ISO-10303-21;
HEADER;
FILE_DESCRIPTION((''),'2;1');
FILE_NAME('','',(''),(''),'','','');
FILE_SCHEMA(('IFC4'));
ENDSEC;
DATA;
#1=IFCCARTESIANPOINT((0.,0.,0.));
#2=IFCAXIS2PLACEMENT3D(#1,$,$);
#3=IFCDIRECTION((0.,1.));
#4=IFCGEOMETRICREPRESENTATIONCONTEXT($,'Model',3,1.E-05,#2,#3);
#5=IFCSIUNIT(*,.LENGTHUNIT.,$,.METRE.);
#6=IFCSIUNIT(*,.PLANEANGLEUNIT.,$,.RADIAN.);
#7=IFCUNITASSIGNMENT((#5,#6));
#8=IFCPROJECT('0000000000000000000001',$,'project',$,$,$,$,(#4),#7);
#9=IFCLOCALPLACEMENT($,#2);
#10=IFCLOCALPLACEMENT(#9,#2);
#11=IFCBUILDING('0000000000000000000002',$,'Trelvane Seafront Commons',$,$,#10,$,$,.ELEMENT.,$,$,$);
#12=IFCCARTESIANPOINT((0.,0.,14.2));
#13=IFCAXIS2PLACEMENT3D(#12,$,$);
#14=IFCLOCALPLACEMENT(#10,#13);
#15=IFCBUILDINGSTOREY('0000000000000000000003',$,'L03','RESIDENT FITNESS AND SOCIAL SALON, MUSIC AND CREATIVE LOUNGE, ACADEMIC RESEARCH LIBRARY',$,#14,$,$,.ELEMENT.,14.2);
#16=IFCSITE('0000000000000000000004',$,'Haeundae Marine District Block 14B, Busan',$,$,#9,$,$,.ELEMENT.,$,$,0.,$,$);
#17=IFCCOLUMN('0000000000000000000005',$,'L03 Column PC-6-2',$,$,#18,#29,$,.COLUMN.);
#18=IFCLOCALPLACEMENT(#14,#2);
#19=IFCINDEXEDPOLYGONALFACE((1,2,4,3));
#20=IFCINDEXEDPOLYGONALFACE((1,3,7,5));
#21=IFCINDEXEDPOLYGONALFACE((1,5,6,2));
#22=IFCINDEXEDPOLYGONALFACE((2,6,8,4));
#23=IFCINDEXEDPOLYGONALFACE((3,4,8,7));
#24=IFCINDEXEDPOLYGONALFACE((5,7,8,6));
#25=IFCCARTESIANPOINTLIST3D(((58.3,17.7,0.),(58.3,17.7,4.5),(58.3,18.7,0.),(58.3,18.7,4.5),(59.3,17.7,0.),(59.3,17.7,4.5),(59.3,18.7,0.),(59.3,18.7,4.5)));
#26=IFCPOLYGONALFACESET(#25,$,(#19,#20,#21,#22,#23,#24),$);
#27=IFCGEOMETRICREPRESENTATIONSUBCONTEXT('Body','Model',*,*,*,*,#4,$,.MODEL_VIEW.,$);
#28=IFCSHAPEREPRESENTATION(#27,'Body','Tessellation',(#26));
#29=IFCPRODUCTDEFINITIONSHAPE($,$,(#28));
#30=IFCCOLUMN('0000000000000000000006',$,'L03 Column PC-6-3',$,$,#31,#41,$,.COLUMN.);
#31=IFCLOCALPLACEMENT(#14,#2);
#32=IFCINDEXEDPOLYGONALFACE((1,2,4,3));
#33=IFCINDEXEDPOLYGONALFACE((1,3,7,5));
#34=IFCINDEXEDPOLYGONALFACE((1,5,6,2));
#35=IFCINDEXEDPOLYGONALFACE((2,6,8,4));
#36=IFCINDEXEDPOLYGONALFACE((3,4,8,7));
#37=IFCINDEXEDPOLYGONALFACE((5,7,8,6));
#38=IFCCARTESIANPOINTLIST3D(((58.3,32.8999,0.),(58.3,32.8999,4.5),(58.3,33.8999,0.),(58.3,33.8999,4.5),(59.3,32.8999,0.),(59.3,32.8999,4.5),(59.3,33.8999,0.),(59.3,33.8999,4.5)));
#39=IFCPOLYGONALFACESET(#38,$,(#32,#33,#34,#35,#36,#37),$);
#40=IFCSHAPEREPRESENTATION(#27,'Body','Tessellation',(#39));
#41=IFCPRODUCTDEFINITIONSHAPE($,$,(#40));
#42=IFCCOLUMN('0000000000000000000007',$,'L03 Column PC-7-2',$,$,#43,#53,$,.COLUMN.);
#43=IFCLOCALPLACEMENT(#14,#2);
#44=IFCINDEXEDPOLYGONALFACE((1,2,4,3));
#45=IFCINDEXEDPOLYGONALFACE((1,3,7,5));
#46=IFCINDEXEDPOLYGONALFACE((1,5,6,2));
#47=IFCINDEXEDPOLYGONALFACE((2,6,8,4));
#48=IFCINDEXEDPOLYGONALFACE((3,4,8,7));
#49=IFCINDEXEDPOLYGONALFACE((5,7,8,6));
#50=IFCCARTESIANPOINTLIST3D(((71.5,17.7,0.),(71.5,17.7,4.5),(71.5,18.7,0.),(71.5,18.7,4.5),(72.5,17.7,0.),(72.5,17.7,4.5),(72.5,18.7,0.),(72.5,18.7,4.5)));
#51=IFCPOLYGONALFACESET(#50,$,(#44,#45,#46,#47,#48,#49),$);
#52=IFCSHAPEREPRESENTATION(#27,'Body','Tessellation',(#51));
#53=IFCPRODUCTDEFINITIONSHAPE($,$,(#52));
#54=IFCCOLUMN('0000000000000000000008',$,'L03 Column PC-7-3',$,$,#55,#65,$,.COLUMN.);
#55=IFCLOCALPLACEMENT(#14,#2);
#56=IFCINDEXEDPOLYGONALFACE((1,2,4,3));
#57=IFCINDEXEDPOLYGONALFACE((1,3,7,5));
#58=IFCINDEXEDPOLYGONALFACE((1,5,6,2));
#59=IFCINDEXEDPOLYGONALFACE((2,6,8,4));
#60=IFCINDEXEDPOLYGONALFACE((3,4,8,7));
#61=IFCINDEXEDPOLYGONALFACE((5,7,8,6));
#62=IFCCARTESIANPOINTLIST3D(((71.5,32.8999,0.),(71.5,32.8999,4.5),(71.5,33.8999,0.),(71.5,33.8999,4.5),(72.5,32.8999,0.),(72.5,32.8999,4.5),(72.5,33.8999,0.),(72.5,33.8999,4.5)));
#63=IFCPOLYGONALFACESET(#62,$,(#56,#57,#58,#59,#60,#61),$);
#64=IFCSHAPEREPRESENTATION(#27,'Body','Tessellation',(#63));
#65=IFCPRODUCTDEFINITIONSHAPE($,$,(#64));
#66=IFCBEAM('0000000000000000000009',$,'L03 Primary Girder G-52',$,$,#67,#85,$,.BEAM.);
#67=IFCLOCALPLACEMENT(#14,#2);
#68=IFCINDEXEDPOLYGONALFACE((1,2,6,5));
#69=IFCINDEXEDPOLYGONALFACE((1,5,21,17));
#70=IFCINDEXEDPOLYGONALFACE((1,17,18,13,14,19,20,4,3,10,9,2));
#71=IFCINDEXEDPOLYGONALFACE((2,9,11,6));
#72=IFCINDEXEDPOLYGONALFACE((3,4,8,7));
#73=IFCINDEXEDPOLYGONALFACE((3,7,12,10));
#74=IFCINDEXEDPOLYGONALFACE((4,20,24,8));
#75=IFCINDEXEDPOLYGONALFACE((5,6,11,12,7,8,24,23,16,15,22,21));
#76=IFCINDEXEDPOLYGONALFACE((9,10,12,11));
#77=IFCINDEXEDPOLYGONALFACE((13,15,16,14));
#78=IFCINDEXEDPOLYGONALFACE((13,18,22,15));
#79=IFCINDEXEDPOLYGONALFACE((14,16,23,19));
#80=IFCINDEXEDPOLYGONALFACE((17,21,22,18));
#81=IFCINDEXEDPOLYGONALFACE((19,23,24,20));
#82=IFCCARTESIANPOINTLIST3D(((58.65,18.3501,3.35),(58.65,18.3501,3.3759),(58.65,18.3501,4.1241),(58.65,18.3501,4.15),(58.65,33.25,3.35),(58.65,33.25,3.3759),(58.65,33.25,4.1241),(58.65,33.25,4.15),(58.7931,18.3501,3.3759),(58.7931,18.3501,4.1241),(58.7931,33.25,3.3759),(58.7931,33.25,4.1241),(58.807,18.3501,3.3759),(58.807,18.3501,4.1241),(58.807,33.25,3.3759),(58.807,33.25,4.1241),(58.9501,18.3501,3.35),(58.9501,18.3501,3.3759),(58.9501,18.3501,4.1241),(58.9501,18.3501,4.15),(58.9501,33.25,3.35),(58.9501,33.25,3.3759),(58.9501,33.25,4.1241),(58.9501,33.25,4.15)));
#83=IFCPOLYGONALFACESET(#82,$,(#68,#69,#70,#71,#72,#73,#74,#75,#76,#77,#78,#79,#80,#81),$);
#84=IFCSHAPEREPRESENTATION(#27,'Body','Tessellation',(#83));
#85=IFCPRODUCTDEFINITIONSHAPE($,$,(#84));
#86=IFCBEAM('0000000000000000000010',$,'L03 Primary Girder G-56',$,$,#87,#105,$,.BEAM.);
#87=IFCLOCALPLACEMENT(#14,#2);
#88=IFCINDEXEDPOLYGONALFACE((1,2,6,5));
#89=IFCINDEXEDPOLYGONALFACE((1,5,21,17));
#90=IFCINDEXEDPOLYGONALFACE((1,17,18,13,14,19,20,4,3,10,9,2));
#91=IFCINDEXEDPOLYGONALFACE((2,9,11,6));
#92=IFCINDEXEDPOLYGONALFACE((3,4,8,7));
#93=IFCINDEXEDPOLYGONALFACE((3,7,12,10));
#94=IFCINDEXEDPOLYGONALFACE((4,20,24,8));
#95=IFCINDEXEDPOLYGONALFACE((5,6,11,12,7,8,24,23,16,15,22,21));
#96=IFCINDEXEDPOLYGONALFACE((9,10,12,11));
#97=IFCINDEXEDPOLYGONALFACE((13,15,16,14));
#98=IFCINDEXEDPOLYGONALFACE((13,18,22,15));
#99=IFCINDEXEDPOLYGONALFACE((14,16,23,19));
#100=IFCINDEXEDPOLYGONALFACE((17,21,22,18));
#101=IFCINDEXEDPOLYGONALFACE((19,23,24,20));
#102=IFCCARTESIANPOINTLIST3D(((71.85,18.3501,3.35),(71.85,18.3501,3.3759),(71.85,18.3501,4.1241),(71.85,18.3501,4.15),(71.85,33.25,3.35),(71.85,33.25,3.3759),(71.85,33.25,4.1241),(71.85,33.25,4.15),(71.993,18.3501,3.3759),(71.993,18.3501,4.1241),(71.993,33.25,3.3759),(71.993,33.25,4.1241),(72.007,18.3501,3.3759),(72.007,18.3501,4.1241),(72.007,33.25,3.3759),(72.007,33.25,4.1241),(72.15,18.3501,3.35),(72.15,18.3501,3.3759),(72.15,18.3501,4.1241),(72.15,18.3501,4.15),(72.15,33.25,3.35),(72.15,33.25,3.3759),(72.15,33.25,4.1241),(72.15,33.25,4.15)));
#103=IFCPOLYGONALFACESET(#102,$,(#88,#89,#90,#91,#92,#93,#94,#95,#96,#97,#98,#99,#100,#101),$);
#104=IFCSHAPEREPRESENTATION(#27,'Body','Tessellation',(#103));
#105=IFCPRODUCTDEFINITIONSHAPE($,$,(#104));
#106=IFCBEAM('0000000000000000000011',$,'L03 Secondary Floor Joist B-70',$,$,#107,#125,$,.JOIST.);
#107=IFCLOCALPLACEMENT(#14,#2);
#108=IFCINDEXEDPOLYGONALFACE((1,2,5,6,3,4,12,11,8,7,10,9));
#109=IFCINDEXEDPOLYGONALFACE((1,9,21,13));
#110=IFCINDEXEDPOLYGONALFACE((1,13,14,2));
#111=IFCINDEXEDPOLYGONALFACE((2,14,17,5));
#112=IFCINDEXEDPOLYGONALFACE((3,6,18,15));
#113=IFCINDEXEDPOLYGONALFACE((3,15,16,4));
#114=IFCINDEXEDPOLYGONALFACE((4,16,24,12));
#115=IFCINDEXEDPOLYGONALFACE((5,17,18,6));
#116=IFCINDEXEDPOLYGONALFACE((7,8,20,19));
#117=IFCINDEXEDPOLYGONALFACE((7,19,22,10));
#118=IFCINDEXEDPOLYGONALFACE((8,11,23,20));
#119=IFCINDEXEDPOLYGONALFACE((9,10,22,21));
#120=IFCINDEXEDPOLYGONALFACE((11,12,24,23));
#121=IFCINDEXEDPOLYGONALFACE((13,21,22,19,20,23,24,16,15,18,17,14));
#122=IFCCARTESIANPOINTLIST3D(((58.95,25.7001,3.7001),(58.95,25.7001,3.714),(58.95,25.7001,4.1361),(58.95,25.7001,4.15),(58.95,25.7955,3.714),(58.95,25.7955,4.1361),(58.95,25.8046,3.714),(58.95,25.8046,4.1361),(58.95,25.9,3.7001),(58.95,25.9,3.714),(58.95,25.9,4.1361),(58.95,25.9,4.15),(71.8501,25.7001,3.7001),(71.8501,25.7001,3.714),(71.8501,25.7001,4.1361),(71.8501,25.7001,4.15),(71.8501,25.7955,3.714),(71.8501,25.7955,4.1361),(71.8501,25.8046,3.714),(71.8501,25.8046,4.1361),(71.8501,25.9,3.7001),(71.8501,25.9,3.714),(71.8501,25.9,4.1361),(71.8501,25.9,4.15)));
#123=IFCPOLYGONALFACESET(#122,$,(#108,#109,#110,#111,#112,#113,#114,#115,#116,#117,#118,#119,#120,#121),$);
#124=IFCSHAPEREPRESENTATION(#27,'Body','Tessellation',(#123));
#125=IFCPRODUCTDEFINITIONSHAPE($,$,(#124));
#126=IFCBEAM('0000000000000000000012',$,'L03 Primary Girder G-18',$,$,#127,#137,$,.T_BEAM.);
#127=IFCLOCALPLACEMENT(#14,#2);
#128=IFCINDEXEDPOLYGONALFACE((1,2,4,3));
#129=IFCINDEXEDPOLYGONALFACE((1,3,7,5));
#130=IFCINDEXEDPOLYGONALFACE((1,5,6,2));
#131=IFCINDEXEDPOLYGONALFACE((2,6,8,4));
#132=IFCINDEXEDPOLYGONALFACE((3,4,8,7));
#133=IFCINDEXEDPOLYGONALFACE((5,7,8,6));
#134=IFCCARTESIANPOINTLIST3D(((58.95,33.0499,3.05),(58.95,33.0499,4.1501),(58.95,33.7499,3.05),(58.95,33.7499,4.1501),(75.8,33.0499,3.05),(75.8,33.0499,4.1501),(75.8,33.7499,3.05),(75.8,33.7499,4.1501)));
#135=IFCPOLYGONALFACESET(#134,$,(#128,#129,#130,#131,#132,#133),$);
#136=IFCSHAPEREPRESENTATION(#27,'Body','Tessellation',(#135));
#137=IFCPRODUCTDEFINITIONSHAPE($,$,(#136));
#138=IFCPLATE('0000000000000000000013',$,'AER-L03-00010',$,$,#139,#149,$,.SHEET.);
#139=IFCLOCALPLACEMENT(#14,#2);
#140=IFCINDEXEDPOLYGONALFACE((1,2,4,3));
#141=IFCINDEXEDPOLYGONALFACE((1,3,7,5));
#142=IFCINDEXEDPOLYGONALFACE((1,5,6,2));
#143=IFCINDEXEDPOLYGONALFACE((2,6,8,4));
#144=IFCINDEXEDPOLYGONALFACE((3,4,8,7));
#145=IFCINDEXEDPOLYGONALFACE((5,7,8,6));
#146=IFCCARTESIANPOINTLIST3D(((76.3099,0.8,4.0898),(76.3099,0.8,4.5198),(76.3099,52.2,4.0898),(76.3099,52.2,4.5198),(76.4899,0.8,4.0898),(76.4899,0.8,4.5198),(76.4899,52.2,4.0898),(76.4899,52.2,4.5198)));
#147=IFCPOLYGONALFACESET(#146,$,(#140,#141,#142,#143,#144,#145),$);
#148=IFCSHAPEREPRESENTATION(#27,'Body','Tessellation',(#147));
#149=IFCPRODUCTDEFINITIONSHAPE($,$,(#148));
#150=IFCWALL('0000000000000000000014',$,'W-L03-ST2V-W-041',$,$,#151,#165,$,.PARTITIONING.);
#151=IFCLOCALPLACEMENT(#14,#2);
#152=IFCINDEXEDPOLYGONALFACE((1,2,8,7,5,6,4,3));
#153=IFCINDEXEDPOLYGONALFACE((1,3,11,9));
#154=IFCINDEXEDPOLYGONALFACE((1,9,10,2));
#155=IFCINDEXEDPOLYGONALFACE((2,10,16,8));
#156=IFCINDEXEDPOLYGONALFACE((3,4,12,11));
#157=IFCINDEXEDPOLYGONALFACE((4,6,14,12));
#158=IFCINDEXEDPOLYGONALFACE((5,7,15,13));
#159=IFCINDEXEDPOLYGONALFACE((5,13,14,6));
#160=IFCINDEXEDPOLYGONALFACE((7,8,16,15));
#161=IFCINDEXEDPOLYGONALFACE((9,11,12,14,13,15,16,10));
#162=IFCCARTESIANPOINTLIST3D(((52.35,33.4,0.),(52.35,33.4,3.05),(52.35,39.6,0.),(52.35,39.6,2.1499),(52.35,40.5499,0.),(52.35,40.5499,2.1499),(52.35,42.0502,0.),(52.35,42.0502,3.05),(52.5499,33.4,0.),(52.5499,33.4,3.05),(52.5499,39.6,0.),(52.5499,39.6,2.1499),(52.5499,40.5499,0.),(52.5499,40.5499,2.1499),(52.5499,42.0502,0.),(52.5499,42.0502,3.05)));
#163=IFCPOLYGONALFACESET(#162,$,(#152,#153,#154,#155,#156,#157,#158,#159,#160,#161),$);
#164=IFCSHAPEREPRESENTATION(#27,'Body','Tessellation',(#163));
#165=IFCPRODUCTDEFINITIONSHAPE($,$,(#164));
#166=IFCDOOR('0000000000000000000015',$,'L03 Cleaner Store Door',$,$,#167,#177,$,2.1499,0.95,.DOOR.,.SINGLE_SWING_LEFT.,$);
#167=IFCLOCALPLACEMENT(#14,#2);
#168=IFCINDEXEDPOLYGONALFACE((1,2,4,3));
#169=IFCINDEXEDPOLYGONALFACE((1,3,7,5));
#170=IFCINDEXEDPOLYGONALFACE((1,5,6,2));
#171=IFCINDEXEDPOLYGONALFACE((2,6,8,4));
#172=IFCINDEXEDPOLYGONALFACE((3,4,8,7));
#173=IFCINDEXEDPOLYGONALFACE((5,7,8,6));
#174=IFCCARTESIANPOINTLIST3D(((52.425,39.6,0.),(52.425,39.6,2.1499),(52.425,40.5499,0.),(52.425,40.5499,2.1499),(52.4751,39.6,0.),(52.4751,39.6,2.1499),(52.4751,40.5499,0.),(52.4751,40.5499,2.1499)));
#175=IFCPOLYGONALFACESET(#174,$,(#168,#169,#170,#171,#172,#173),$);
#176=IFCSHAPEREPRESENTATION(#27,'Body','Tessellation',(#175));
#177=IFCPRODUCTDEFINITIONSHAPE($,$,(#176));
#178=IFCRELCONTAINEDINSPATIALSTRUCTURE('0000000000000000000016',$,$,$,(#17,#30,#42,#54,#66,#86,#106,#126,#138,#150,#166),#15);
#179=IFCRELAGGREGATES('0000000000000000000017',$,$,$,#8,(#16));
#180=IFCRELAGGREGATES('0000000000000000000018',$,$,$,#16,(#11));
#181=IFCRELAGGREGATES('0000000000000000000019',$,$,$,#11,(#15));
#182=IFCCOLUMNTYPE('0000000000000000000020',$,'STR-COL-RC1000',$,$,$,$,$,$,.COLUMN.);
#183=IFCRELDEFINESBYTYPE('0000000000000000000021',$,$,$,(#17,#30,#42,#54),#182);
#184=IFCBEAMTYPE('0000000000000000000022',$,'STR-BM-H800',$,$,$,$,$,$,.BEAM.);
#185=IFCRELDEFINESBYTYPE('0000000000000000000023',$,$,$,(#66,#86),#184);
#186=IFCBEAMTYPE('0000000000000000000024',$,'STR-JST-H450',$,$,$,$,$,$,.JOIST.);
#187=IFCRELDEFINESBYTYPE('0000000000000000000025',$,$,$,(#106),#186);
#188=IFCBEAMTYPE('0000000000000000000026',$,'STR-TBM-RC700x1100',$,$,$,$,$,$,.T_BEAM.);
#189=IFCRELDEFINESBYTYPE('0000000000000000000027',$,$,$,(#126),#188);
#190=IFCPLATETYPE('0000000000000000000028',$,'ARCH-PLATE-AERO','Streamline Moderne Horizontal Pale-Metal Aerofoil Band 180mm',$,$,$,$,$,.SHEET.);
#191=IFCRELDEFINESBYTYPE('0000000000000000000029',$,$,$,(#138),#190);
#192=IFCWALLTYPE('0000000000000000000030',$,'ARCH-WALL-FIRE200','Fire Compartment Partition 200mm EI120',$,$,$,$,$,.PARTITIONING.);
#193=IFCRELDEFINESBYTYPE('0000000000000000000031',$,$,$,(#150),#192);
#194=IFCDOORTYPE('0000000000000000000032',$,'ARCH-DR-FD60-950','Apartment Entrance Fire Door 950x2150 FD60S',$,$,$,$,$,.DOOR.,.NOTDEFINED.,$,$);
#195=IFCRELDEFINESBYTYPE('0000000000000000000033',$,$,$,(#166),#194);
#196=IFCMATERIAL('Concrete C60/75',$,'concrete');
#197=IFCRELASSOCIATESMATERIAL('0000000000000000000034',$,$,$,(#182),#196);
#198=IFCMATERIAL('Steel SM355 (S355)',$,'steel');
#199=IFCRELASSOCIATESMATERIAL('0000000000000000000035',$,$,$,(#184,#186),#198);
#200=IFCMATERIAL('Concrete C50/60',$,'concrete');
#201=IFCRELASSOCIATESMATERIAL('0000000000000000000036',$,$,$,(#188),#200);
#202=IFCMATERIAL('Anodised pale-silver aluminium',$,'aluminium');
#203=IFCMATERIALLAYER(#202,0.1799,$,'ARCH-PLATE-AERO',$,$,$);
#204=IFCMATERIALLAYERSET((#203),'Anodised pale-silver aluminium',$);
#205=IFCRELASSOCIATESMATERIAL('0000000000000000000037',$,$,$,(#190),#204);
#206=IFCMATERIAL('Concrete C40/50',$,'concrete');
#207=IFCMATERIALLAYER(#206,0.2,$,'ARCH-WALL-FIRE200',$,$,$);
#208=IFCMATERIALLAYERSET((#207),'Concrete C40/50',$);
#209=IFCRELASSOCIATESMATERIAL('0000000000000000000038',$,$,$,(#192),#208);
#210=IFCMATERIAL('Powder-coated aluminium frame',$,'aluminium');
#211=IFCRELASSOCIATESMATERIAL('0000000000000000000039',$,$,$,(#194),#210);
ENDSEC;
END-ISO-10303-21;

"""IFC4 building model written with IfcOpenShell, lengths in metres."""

from ifc_helpers import new_model, si_unit, direction, frame, frame_2d, origin, origin_2d, place, context, subcontext, project, spatial, rectangle, i_section, extrude, source, transform, mapped, material, layer, layer_set, material_profile, profile_set, type_object, element, fill, save


model = new_model("IFC4")

# Units and contexts
model_context = context("Model", 3, precision=1e-05, world=origin(), true_north=direction((0.0, 1.0)))
body_context = subcontext(model_context, "Body", "Model", "MODEL_VIEW")
ifc_project = project(units=[si_unit("LENGTHUNIT", "METRE"), si_unit("PLANEANGLEUNIT", "RADIAN")], contexts=[model_context])

# Site, building, storey
site_placement = place(None, origin())
site = spatial("IfcSite", under=ifc_project, at=site_placement, Name="Haeundae Marine District Block 14B, Busan", CompositionType="ELEMENT", RefElevation=0.0)
building_placement = place(site_placement, origin())
building = spatial("IfcBuilding", under=site, at=building_placement, Name="Trelvane Seafront Commons", CompositionType="ELEMENT")
storey_placement = place(building_placement, frame((0.0, 0.0, 14.2)))
storey = spatial("IfcBuildingStorey", under=building, at=storey_placement, Name="L03", Description="RESIDENT FITNESS AND SOCIAL SALON, MUSIC AND CREATIVE LOUNGE, ACADEMIC RESEARCH LIBRARY", CompositionType="ELEMENT", Elevation=14.2)

# Columns
ifc_material_1 = material(Name="Concrete C60/75", Category="concrete")
ifc_material_profile_1 = material_profile(ifc_material_1, rectangle(XDim=1.0, YDim=1.0, at=origin_2d()), Name="RC-1000x1000")
ifc_profile_set_1 = profile_set([ifc_material_profile_1], Name="Concrete C60/75")
column_type = type_object("IfcColumnType", Name="STR-COL-RC1000", PredefinedType="COLUMN", material=ifc_profile_set_1)
shared_shape_1 = source(origin(), body_context, "Body", "SweptSolid", [
    extrude(rectangle(XDim=1.0, YDim=1.0, at=origin_2d()), origin(), (0.0, 0.0, 1.0), 4.5),
])
for number, where, z_axis, x_axis, name in (
    (1, (58.8, 18.2, 0.0), (0.0, 0.0, 1.0), (1.0, 0.0, 0.0), "L03 Column PC-6-2"),
    (2, (58.8, 33.3999, 0.0), (0.0, 0.0, 1.0), (1.0, 0.0, 0.0), "L03 Column PC-6-3"),
    (3, (72.0, 18.2, 0.0), (0.0, 0.0, 1.0), (1.0, 0.0, 0.0), "L03 Column PC-7-2"),
    (4, (72.0, 33.3999, 0.0), (0.0, 0.0, 1.0), (1.0, 0.0, 0.0), "L03 Column PC-7-3"),
):
    element("IfcColumn", number, at=place(storey_placement, frame(where, z_axis=z_axis, x_axis=x_axis)), inside=storey, type_object=column_type, Name=name, PredefinedType="COLUMN", context=body_context, shape_type="MappedRepresentation", body=[
        mapped(shared_shape_1, transform((0.0, 0.0, 0.0), x_axis=(1.0, 0.0, 0.0), y_axis=(0.0, 1.0, 0.0), z_axis=(0.0, 0.0, 1.0), scale=1.0)),
    ])

# Beams
ifc_material_2 = material(Name="Steel SM355 (S355)", Category="steel")
ifc_material_profile_2 = material_profile(ifc_material_2, i_section(OverallWidth=0.3, OverallDepth=0.8, WebThickness=0.0139, FlangeThickness=0.0259, at=origin_2d()), Name="H-800x300x14x26")
ifc_profile_set_2 = profile_set([ifc_material_profile_2], Name="Steel SM355 (S355)")
beam_type_1 = type_object("IfcBeamType", Name="STR-BM-H800", PredefinedType="BEAM", material=ifc_profile_set_2)
shared_shape_2 = source(origin(), body_context, "Body", "SweptSolid", [
    extrude(i_section(OverallWidth=0.3, OverallDepth=0.8, WebThickness=0.0139, FlangeThickness=0.0259, at=origin_2d()), origin(), (0.0, 0.0, 1.0), 14.8999),
])
for number, where, z_axis, x_axis, name in (
    (5, (58.8, 18.3501, 3.75), (0.0, 1.0, 0.0), (-1.0, 0.0, 0.0), "L03 Primary Girder G-52"),
    (6, (72.0, 18.3501, 3.75), (0.0, 1.0, 0.0), (-1.0, 0.0, 0.0), "L03 Primary Girder G-56"),
):
    element("IfcBeam", number, at=place(storey_placement, frame(where, z_axis=z_axis, x_axis=x_axis)), inside=storey, type_object=beam_type_1, Name=name, PredefinedType="BEAM", context=body_context, shape_type="MappedRepresentation", body=[
        mapped(shared_shape_2, transform((0.0, 0.0, 0.0), x_axis=(1.0, 0.0, 0.0), y_axis=(0.0, 1.0, 0.0), z_axis=(0.0, 0.0, 1.0), scale=1.0)),
    ])
ifc_material_profile_3 = material_profile(ifc_material_2, i_section(OverallWidth=0.2, OverallDepth=0.45, WebThickness=0.009, FlangeThickness=0.0139, at=origin_2d()), Name="H-450x200x9x14")
ifc_profile_set_3 = profile_set([ifc_material_profile_3], Name="Steel SM355 (S355)")
beam_type_2 = type_object("IfcBeamType", Name="STR-JST-H450", PredefinedType="JOIST", material=ifc_profile_set_3)
shared_shape_3 = source(origin(), body_context, "Body", "SweptSolid", [
    extrude(i_section(OverallWidth=0.2, OverallDepth=0.45, WebThickness=0.009, FlangeThickness=0.0139, at=origin_2d()), origin(), (0.0, 0.0, 1.0), 12.9001),
])
beam_1_placement = place(storey_placement, frame((58.95, 25.8, 3.925), z_axis=(1.0, 0.0, 0.0), x_axis=(0.0, 1.0, 0.0)))
element("IfcBeam", 7, at=beam_1_placement, inside=storey, type_object=beam_type_2, Name="L03 Secondary Floor Joist B-70", PredefinedType="JOIST", context=body_context, shape_type="MappedRepresentation", body=[
    mapped(shared_shape_3, transform((0.0, 0.0, 0.0), x_axis=(1.0, 0.0, 0.0), y_axis=(0.0, 1.0, 0.0), z_axis=(0.0, 0.0, 1.0), scale=1.0)),
])
ifc_material_3 = material(Name="Concrete C50/60", Category="concrete")
ifc_material_profile_4 = material_profile(ifc_material_3, rectangle(XDim=0.7, YDim=1.1001, at=origin_2d()), Name="RC-700x1100")
ifc_profile_set_4 = profile_set([ifc_material_profile_4], Name="Concrete C50/60")
beam_type_3 = type_object("IfcBeamType", Name="STR-TBM-RC700x1100", PredefinedType="T_BEAM", material=ifc_profile_set_4)
shared_shape_4 = source(origin(), body_context, "Body", "SweptSolid", [
    extrude(rectangle(XDim=0.7, YDim=1.1001, at=origin_2d()), origin(), (0.0, 0.0, 1.0), 16.8501),
])
beam_2_placement = place(storey_placement, frame((58.95, 33.3999, 3.6001), z_axis=(1.0, 0.0, 0.0), x_axis=(0.0, 1.0, 0.0)))
element("IfcBeam", 8, at=beam_2_placement, inside=storey, type_object=beam_type_3, Name="L03 Primary Girder G-18", PredefinedType="T_BEAM", context=body_context, shape_type="MappedRepresentation", body=[
    mapped(shared_shape_4, transform((0.0, 0.0, 0.0), x_axis=(1.0, 0.0, 0.0), y_axis=(0.0, 1.0, 0.0), z_axis=(0.0, 0.0, 1.0), scale=1.0)),
])

# Plate
ifc_material_4 = material(Name="Anodised pale-silver aluminium", Category="aluminium")
ifc_layer_1 = layer(ifc_material_4, 0.1799, Name="ARCH-PLATE-AERO")
ifc_layer_set_1 = layer_set([ifc_layer_1], Name="Anodised pale-silver aluminium")
plate_type = type_object("IfcPlateType", Name="ARCH-PLATE-AERO", Description="Streamline Moderne Horizontal Pale-Metal Aerofoil Band 180mm", PredefinedType="SHEET", material=ifc_layer_set_1)
shared_shape_5 = source(origin(), body_context, "Body", "SweptSolid", [
    extrude(rectangle(XDim=51.3999, YDim=0.1799, at=origin_2d()), origin(), (0.0, 0.0, 1.0), 0.4299),
])
plate_placement = place(storey_placement, frame((76.3999, 26.5, 4.0898), z_axis=(0.0, 0.0, 1.0), x_axis=(0.0, -1.0, 0.0)))
element("IfcPlate", 9, at=plate_placement, inside=storey, type_object=plate_type, Name="AER-L03-00010", PredefinedType="SHEET", context=body_context, shape_type="MappedRepresentation", body=[
    mapped(shared_shape_5, transform((0.0, 0.0, 0.0), x_axis=(1.0, 0.0, 0.0), y_axis=(0.0, 1.0, 0.0), z_axis=(0.0, 0.0, 1.0), scale=1.0)),
])

# Wall, opening, door
ifc_material_5 = material(Name="Concrete C40/50", Category="concrete")
ifc_layer_2 = layer(ifc_material_5, 0.2, Name="ARCH-WALL-FIRE200")
ifc_layer_set_2 = layer_set([ifc_layer_2], Name="Concrete C40/50")
wall_type_1 = type_object("IfcWallType", Name="ARCH-WALL-FIRE200", Description="Fire Compartment Partition 200mm EI120", PredefinedType="PARTITIONING", material=ifc_layer_set_2)
wall_1_placement = place(storey_placement, frame((52.45, 33.3999, 0.0), z_axis=(0.0, 0.0, 1.0), x_axis=(0.0, 1.0, 0.0)))
wall_1 = element("IfcWall", 10, at=wall_1_placement, inside=storey, type_object=wall_type_1, Name="W-L03-ST2V-W-041", PredefinedType="PARTITIONING", context=body_context, shape_type="SweptSolid", body=[
    extrude(rectangle(XDim=8.6501, YDim=0.2, at=frame_2d((4.3252, 0.0))), origin(), (0.0, 0.0, 1.0), 3.05),
])
opening_1_placement = place(wall_1_placement, frame((6.2, 0.0, 0.0)))
opening_1 = element("IfcOpeningElement", 11, at=opening_1_placement, cuts=wall_1, PredefinedType="OPENING", context=body_context, shape_type="SweptSolid", body=[
    extrude(rectangle(XDim=0.95, YDim=2.1499, at=frame_2d((0.4751, 1.075))), frame((0.0, 0.1099, 0.0), z_axis=(0.0, -1.0, 0.0), x_axis=(1.0, 0.0, 0.0)), (0.0, 0.0, 1.0), 0.22),
])
ifc_material_6 = material(Name="Powder-coated aluminium frame", Category="aluminium")
door_type_1 = type_object("IfcDoorType", Name="ARCH-DR-FD60-950", Description="Apartment Entrance Fire Door 950x2150 FD60S", OperationType="NOTDEFINED", PredefinedType="DOOR", material=ifc_material_6)
shared_shape_6 = source(origin(), body_context, "Body", "SweptSolid", [
    extrude(rectangle(XDim=0.95, YDim=2.1499, at=frame_2d((0.4751, 1.075))), frame((0.0, 0.0249, 0.0), z_axis=(0.0, -1.0, 0.0), x_axis=(1.0, 0.0, 0.0)), (0.0, 0.0, 1.0), 0.05),
])
door_1_placement = place(opening_1_placement, origin())
door_1 = element("IfcDoor", 12, at=door_1_placement, inside=storey, type_object=door_type_1, Name="L03 Cleaner Store Door", OperationType="SINGLE_SWING_LEFT", OverallHeight=2.1499, OverallWidth=0.95, PredefinedType="DOOR", context=body_context, shape_type="MappedRepresentation", body=[
    mapped(shared_shape_6, transform((0.0, 0.0, 0.0), x_axis=(1.0, 0.0, 0.0), y_axis=(0.0, 1.0, 0.0), z_axis=(0.0, 0.0, 1.0), scale=1.0)),
])
fill(opening_1, door_1)

save(model, "model.ifc")
